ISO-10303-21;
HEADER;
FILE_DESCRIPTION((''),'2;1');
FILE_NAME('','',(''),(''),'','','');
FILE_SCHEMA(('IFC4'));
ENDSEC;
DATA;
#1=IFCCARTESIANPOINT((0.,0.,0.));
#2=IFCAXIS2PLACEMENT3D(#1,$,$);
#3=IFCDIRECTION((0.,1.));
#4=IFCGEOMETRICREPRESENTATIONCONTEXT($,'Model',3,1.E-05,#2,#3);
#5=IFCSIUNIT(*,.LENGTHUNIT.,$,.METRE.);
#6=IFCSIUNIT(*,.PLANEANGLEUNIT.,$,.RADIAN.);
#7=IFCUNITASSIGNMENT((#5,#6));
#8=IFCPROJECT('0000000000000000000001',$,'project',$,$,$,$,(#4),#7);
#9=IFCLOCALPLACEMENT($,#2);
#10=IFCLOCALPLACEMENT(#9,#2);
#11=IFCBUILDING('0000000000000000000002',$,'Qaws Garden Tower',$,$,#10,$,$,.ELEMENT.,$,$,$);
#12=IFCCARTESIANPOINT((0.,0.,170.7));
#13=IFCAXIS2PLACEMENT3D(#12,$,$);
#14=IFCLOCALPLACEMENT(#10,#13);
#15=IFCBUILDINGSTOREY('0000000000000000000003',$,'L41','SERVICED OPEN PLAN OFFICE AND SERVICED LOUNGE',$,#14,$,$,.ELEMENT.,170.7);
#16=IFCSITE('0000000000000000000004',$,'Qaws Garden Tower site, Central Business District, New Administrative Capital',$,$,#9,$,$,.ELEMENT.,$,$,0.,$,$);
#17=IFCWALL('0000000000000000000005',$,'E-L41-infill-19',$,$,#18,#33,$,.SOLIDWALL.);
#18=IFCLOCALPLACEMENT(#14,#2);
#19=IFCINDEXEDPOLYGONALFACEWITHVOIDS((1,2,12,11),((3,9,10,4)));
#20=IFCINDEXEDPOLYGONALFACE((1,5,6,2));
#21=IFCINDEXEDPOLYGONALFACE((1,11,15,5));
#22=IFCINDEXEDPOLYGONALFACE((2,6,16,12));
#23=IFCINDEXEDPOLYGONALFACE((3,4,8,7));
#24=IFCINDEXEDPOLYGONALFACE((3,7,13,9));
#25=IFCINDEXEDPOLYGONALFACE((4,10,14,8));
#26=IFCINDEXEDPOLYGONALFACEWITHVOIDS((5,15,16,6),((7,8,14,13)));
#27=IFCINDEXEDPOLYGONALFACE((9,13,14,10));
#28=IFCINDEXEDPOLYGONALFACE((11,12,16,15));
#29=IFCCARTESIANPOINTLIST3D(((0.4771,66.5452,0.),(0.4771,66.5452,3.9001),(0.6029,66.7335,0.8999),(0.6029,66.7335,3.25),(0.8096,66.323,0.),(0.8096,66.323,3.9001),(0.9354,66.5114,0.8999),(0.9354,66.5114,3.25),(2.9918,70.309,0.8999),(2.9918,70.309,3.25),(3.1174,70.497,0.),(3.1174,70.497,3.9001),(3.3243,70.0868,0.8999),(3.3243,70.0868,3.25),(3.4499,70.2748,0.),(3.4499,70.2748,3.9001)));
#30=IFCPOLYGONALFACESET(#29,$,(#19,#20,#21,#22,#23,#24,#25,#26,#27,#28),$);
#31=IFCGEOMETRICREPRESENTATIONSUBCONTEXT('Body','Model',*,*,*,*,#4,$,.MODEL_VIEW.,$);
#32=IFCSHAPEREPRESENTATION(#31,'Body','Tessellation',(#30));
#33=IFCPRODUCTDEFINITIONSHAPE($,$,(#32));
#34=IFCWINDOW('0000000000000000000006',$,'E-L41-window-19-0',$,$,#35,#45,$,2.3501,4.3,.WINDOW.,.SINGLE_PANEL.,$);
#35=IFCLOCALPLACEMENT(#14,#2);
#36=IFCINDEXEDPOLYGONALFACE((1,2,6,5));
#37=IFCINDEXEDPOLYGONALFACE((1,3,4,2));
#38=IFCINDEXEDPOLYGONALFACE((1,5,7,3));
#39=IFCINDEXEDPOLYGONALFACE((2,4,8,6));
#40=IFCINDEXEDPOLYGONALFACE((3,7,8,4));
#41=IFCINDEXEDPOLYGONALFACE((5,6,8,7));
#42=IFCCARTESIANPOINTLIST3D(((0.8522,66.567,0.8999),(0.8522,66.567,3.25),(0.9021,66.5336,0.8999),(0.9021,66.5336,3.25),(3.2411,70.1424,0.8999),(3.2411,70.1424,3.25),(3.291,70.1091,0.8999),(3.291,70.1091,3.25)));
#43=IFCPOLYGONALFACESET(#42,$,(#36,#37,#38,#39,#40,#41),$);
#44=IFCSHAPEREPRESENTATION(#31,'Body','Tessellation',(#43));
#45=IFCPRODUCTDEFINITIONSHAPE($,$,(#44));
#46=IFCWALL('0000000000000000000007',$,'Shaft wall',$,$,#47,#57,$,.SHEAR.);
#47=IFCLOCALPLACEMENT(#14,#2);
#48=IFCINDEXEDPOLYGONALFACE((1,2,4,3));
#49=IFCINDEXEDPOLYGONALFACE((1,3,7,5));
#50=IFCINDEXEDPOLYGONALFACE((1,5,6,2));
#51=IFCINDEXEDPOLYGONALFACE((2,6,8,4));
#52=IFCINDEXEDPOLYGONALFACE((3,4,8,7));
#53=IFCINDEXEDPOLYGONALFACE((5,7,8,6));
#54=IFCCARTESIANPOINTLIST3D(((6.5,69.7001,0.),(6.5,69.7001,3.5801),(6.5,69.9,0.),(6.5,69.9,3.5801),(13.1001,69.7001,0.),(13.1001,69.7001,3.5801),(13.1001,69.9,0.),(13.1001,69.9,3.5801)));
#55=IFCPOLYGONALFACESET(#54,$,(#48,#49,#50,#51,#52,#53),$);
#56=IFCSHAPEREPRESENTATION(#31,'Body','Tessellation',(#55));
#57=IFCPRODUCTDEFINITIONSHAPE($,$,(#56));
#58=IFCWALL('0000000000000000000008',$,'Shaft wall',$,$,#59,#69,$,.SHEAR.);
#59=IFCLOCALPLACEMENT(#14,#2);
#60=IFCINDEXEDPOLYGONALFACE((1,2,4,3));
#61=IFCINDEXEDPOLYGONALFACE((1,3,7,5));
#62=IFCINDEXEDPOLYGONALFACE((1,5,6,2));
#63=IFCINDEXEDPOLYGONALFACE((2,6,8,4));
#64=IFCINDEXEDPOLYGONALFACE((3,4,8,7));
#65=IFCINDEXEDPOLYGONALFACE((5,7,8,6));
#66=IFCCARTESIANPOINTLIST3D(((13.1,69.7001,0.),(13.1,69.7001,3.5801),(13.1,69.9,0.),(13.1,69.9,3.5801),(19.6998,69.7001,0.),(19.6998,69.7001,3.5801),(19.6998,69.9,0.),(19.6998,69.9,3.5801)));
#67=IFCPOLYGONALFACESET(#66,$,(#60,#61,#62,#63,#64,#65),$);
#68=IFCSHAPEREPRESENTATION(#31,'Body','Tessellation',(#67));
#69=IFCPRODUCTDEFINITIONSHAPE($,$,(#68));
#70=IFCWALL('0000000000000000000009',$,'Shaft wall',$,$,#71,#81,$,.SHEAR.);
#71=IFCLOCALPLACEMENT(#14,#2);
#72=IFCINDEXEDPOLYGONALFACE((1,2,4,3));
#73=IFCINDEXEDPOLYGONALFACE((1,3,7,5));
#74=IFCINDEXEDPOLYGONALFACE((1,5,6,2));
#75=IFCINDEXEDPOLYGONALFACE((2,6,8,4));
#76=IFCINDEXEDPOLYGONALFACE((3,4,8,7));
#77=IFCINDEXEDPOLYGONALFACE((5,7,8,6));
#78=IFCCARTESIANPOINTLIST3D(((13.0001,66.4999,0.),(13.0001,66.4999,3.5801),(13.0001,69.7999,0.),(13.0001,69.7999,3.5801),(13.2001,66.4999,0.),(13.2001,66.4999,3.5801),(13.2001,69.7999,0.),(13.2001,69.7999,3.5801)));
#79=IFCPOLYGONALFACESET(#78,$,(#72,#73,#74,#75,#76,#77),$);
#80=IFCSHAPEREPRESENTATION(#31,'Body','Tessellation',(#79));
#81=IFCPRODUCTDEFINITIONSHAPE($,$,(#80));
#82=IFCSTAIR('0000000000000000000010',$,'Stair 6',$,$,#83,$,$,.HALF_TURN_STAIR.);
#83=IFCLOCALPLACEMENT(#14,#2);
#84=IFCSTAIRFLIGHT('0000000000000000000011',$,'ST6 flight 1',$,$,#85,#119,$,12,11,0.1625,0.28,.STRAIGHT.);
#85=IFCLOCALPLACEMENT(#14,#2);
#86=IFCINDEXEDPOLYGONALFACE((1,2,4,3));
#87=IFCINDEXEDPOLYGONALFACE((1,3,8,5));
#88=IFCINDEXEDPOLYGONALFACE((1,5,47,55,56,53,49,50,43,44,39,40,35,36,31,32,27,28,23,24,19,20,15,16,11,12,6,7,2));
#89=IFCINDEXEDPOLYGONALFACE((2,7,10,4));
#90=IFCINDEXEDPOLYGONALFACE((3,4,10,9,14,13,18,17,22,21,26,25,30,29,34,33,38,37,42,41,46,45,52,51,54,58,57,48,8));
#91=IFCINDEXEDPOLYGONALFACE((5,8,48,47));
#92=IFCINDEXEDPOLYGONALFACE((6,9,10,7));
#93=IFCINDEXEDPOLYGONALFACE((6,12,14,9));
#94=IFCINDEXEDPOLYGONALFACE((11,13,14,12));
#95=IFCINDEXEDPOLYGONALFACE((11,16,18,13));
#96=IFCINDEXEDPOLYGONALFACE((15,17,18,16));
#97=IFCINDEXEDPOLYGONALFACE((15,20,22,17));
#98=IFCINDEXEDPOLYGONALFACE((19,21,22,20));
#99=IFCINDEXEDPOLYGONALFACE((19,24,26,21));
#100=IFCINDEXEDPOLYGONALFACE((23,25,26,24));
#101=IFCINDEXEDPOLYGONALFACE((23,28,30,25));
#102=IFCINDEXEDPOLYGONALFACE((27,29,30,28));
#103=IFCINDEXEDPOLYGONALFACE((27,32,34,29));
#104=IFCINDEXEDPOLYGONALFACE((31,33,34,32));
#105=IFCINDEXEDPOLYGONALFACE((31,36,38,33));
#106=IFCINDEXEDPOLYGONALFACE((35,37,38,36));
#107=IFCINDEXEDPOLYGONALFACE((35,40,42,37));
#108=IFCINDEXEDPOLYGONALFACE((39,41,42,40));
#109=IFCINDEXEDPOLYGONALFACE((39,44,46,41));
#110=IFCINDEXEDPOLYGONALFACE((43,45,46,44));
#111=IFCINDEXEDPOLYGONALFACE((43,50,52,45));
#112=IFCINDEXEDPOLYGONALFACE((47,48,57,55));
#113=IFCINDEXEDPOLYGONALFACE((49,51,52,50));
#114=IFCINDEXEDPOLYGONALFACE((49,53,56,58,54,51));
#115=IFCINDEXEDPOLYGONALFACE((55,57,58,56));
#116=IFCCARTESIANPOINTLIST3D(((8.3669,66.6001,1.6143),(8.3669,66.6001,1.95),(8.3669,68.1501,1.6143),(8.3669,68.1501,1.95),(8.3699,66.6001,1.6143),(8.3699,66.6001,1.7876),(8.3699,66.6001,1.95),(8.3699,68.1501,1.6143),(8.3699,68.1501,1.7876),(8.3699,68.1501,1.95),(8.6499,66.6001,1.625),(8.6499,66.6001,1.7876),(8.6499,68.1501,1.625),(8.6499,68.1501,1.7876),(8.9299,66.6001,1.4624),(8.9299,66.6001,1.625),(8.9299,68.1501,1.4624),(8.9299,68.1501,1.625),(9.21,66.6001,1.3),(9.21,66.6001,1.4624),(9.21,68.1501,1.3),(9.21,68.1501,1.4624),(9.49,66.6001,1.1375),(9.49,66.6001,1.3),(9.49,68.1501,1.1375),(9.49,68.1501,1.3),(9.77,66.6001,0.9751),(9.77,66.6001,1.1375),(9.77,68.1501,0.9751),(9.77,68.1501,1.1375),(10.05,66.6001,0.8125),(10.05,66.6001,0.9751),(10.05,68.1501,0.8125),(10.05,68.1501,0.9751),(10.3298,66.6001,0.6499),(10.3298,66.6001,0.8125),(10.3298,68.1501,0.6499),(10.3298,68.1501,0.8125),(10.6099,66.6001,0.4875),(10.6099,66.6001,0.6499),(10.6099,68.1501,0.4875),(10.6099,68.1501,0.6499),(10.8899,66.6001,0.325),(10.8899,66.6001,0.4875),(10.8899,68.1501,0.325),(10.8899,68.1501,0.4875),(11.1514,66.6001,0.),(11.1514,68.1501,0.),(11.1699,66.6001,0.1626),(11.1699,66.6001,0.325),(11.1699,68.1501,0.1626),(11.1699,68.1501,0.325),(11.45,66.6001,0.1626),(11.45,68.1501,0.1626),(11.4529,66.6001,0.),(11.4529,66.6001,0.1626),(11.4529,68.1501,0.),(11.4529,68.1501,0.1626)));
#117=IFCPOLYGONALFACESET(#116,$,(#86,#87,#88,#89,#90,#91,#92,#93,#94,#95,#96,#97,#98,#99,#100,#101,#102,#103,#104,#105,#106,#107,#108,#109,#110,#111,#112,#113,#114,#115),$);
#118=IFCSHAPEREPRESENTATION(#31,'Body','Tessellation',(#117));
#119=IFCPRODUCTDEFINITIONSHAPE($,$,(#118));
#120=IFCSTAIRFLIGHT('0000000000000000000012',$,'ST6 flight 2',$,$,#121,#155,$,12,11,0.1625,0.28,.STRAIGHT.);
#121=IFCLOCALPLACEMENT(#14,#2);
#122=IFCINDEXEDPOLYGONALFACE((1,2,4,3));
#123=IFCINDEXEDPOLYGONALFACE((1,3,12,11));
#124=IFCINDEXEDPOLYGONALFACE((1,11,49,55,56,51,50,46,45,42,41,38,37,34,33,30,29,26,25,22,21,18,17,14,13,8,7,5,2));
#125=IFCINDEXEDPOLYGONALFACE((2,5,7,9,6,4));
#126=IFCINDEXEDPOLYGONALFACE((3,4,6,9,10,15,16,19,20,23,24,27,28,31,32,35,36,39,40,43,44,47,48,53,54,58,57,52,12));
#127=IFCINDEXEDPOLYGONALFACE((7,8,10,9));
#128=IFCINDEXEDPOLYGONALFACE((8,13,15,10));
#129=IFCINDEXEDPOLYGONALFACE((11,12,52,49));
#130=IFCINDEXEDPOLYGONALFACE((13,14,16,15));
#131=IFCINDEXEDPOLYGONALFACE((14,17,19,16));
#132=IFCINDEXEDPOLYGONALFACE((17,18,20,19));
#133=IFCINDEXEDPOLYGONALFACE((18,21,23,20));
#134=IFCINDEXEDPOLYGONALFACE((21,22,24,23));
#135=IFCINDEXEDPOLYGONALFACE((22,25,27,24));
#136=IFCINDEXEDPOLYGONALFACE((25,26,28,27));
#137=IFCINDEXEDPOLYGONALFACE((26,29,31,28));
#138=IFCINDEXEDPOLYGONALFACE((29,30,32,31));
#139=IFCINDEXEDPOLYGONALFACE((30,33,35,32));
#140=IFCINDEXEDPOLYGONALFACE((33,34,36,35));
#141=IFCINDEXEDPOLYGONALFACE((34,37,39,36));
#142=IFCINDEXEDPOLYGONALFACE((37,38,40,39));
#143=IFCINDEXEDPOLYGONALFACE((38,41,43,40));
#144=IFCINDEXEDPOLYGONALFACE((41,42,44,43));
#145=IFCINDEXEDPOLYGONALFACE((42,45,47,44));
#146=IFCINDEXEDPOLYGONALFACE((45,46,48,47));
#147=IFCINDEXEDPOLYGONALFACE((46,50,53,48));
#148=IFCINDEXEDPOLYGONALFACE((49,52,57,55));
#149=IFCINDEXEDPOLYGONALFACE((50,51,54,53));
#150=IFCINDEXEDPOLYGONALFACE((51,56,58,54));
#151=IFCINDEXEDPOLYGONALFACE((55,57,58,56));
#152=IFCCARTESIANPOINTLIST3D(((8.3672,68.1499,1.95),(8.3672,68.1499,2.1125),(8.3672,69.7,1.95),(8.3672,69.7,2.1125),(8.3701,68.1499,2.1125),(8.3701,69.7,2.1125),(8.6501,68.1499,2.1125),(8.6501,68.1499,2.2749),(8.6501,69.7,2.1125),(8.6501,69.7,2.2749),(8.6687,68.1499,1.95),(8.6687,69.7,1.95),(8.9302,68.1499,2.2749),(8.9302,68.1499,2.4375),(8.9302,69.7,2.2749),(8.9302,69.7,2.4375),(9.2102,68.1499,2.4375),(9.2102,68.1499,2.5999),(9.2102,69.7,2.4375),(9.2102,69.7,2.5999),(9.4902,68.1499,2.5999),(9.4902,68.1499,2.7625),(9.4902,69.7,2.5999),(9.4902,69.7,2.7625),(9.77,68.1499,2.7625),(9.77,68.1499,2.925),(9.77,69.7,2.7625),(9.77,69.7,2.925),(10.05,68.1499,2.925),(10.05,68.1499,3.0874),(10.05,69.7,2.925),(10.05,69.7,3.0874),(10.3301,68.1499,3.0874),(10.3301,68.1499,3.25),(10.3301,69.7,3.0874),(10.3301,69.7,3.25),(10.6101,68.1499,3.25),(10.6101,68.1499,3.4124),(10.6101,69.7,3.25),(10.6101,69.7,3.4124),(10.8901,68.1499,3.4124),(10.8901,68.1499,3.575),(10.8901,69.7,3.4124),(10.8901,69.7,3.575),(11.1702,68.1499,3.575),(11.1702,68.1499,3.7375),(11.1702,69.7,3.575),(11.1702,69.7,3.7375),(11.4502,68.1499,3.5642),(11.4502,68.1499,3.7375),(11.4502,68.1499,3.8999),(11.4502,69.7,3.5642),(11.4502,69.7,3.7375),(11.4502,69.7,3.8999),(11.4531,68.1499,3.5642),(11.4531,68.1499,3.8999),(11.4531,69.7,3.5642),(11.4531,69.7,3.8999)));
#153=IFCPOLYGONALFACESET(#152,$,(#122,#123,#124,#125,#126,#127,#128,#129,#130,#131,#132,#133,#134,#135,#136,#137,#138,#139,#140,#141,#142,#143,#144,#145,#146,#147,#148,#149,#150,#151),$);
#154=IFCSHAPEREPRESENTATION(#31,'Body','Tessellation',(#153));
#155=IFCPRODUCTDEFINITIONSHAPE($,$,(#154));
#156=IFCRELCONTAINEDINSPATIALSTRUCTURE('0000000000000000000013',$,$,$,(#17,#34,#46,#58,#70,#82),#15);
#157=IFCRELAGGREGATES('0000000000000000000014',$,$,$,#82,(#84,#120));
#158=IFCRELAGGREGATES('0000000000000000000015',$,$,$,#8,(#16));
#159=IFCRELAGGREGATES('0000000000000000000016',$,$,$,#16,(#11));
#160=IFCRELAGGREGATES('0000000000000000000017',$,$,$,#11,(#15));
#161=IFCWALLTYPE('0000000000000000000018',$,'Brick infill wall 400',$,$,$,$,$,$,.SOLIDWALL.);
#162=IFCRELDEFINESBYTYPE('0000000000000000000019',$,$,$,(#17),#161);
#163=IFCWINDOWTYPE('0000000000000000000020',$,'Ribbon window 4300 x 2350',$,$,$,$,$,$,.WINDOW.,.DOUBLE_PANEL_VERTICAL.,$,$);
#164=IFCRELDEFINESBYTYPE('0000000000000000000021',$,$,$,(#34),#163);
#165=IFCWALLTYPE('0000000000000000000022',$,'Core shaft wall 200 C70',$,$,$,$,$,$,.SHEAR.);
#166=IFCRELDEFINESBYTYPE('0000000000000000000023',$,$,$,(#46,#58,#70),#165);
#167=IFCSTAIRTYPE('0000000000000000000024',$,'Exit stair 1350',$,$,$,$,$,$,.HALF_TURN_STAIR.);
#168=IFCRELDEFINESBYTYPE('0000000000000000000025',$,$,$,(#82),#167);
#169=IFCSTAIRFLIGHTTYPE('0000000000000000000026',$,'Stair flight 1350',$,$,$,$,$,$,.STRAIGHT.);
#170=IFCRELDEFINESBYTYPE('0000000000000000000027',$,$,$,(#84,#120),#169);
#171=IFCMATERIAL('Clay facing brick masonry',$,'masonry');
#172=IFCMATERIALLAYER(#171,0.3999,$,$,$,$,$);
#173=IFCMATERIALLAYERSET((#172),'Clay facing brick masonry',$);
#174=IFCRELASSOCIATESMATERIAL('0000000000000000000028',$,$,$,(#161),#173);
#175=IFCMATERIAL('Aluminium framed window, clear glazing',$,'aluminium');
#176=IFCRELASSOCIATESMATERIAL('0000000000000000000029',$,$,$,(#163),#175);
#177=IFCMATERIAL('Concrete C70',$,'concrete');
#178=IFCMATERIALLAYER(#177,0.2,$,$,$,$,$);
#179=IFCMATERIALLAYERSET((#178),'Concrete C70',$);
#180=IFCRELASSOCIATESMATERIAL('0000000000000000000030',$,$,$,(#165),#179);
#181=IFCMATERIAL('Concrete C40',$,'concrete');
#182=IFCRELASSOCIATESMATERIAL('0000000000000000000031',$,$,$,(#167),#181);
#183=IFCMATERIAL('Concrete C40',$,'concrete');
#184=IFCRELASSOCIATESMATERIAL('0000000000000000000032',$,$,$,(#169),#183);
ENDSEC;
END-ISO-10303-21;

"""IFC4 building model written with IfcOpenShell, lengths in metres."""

from ifc_helpers import new_model, si_unit, direction, frame, frame_2d, origin, place, context, subcontext, project, spatial, polyline, rectangle, outline, extrude, material, layer, layer_set, type_object, element, fill, aggregate, save


model = new_model("IFC4")

# Units and contexts
model_context = context("Model", 3, precision=1e-05, world=origin(), true_north=direction((0.0, 1.0)))
body_context = subcontext(model_context, "Body", "Model", "MODEL_VIEW")
ifc_project = project(units=[si_unit("LENGTHUNIT", "METRE"), si_unit("PLANEANGLEUNIT", "RADIAN")], contexts=[model_context])

# Site, building, storey
site_placement = place(None, origin())
site = spatial("IfcSite", under=ifc_project, at=site_placement, Name="Qaws Garden Tower site, Central Business District, New Administrative Capital", CompositionType="ELEMENT", RefElevation=0.0)
building_placement = place(site_placement, origin())
building = spatial("IfcBuilding", under=site, at=building_placement, Name="Qaws Garden Tower", CompositionType="ELEMENT")
storey_placement = place(building_placement, frame((0.0, 0.0, 170.7)))
storey = spatial("IfcBuildingStorey", under=building, at=storey_placement, Name="L41", Description="SERVICED OPEN PLAN OFFICE AND SERVICED LOUNGE", CompositionType="ELEMENT", Elevation=170.7)

# Wall, opening, window
ifc_material_1 = material(Name="Clay facing brick masonry", Category="masonry")
ifc_layer_1 = layer(ifc_material_1, 0.3999)
ifc_layer_set_1 = layer_set([ifc_layer_1], Name="Clay facing brick masonry")
wall_type_1 = type_object("IfcWallType", Name="Brick infill wall 400", PredefinedType="SOLIDWALL", material=ifc_layer_set_1)
ifc_material_2 = material(Name="Aluminium framed window, clear glazing", Category="aluminium")
window_type = type_object("IfcWindowType", Name="Ribbon window 4300 x 2350", PartitioningType="DOUBLE_PANEL_VERTICAL", PredefinedType="WINDOW", material=ifc_material_2)
wall_1_placement = place(storey_placement, frame((3.2837, 70.386, 0.0), z_axis=(0.0, 0.0, 1.0), x_axis=(-0.555542, -0.831489, 0.0)))
wall_1 = element("IfcWall", 1, at=wall_1_placement, inside=storey, type_object=wall_type_1, Name="E-L41-infill-19", PredefinedType="SOLIDWALL", context=body_context, shape_type="SweptSolid", body=[
    extrude(rectangle(XDim=4.7527, YDim=0.3999, at=frame_2d((2.3765, 0.0))), origin(), (0.0, 0.0, 1.0), 3.9001),
])
opening_1_placement = place(wall_1_placement, frame((0.2263, 0.0, 0.8999)))
opening_1 = element("IfcOpeningElement", 2, at=opening_1_placement, cuts=wall_1, PredefinedType="OPENING", context=body_context, shape_type="SweptSolid", body=[
    extrude(rectangle(XDim=4.3, YDim=2.3501, at=frame_2d((2.1499, 1.175))), frame((0.0, 0.21, 0.0), z_axis=(0.0, -1.0, 0.0), x_axis=(1.0, 0.0, 0.0)), (0.0, 0.0, 1.0), 0.4199),
])
window_1_placement = place(opening_1_placement, origin())
window_1 = element("IfcWindow", 3, at=window_1_placement, inside=storey, type_object=window_type, Name="E-L41-window-19-0", OverallHeight=2.3501, OverallWidth=4.3, PartitioningType="SINGLE_PANEL", PredefinedType="WINDOW", context=body_context, shape_type="SweptSolid", body=[
    extrude(rectangle(XDim=4.3, YDim=2.3501, at=frame_2d((2.1499, 1.175))), frame((0.0, 0.1599, 0.0), z_axis=(0.0, -1.0, 0.0), x_axis=(1.0, 0.0, 0.0)), (0.0, 0.0, 1.0), 0.0601),
])
fill(opening_1, window_1)

# Walls
ifc_material_3 = material(Name="Concrete C70", Category="concrete")
ifc_layer_2 = layer(ifc_material_3, 0.2)
ifc_layer_set_2 = layer_set([ifc_layer_2], Name="Concrete C70")
wall_type_2 = type_object("IfcWallType", Name="Core shaft wall 200 C70", PredefinedType="SHEAR", material=ifc_layer_set_2)
wall_2_placement = place(storey_placement, frame((6.5, 69.8, 0.0), z_axis=(0.0, 0.0, 1.0), x_axis=(1.0, 0.0, 0.0)))
element("IfcWall", 4, at=wall_2_placement, inside=storey, type_object=wall_type_2, Name="Shaft wall", PredefinedType="SHEAR", context=body_context, shape_type="SweptSolid", body=[
    extrude(rectangle(XDim=6.6001, YDim=0.2, at=frame_2d((3.3, 0.0))), origin(), (0.0, 0.0, 1.0), 3.5801),
])
wall_3_placement = place(storey_placement, frame((13.1001, 69.8, 0.0), z_axis=(0.0, 0.0, 1.0), x_axis=(1.0, 0.0, 0.0)))
element("IfcWall", 5, at=wall_3_placement, inside=storey, type_object=wall_type_2, Name="Shaft wall", PredefinedType="SHEAR", context=body_context, shape_type="SweptSolid", body=[
    extrude(rectangle(XDim=6.5999, YDim=0.2, at=frame_2d((3.2998, 0.0))), origin(), (0.0, 0.0, 1.0), 3.5801),
])
wall_4_placement = place(storey_placement, frame((13.1001, 66.5, 0.0), z_axis=(0.0, 0.0, 1.0), x_axis=(0.0, 1.0, 0.0)))
element("IfcWall", 6, at=wall_4_placement, inside=storey, type_object=wall_type_2, Name="Shaft wall", PredefinedType="SHEAR", context=body_context, shape_type="SweptSolid", body=[
    extrude(rectangle(XDim=3.3, YDim=0.2, at=frame_2d((1.6499, 0.0))), origin(), (0.0, 0.0, 1.0), 3.5801),
])

# Stair, stair flights
ifc_material_4 = material(Name="Concrete C40", Category="concrete")
stair_type = type_object("IfcStairType", Name="Exit stair 1350", PredefinedType="HALF_TURN_STAIR", material=ifc_material_4)
placement = place(storey_placement, origin())
stair_1 = element("IfcStair", 7, at=placement, inside=storey, type_object=stair_type, Name="Stair 6", PredefinedType="HALF_TURN_STAIR")
ifc_material_5 = material(Name="Concrete C40", Category="concrete")
stair_flight_type = type_object("IfcStairFlightType", Name="Stair flight 1350", PredefinedType="STRAIGHT", material=ifc_material_5)
stair_flight_1_placement = place(storey_placement, frame((11.45, 67.375, 0.0), z_axis=(0.0, 0.0, 1.0), x_axis=(-1.0, 0.0, 0.0)))
stair_flight_1 = element("IfcStairFlight", 8, at=stair_flight_1_placement, type_object=stair_flight_type, Name="ST6 flight 1", NumberOfRisers=12, NumberOfTreads=11, PredefinedType="STRAIGHT", RiserHeight=0.1625, TreadLength=0.28, context=body_context, shape_type="SweptSolid", body=[
    extrude(outline(polyline([(-0.0029, 0.0), (-0.0029, 0.1626), (0.0, 0.1626), (0.28, 0.1626), (0.28, 0.325), (0.5601, 0.325), (0.5601, 0.4875), (0.8401, 0.4875), (0.8401, 0.6499), (1.1201, 0.6499), (1.1201, 0.8125), (1.3999, 0.8125), (1.3999, 0.9751), (1.6799, 0.9751), (1.6799, 1.1375), (1.96, 1.1375), (1.96, 1.3), (2.24, 1.3), (2.24, 1.4624), (2.52, 1.4624), (2.52, 1.625), (2.8, 1.625), (2.8, 1.7876), (3.0801, 1.7876), (3.0801, 1.95), (3.083, 1.95), (3.083, 1.6143), (3.0801, 1.6143), (0.2986, 0.0), (-0.0029, 0.0)])), frame((0.0, 0.7749, 0.0), z_axis=(0.0, -1.0, 0.0), x_axis=(1.0, 0.0, 0.0)), (0.0, 0.0, 1.0), 1.55),
])
stair_flight_2_placement = place(storey_placement, frame((8.3701, 68.925, 1.95), z_axis=(0.0, 0.0, 1.0), x_axis=(1.0, 0.0, 0.0)))
stair_flight_2 = element("IfcStairFlight", 9, at=stair_flight_2_placement, type_object=stair_flight_type, Name="ST6 flight 2", NumberOfRisers=12, NumberOfTreads=11, PredefinedType="STRAIGHT", RiserHeight=0.1625, TreadLength=0.28, context=body_context, shape_type="SweptSolid", body=[
    extrude(outline(polyline([(-0.0029, 0.0), (-0.0029, 0.1626), (0.0, 0.1626), (0.28, 0.1626), (0.28, 0.325), (0.5601, 0.325), (0.5601, 0.4875), (0.8401, 0.4875), (0.8401, 0.6499), (1.1201, 0.6499), (1.1201, 0.8125), (1.3999, 0.8125), (1.3999, 0.9751), (1.6799, 0.9751), (1.6799, 1.1375), (1.96, 1.1375), (1.96, 1.3), (2.24, 1.3), (2.24, 1.4624), (2.52, 1.4624), (2.52, 1.625), (2.8, 1.625), (2.8, 1.7876), (3.0801, 1.7876), (3.0801, 1.95), (3.083, 1.95), (3.083, 1.6143), (3.0801, 1.6143), (0.2986, 0.0), (-0.0029, 0.0)])), frame((0.0, 0.7749, 0.0), z_axis=(0.0, -1.0, 0.0), x_axis=(1.0, 0.0, 0.0)), (0.0, 0.0, 1.0), 1.55),
])
aggregate(stair_1, [stair_flight_1, stair_flight_2])

save(model, "model.ifc")
